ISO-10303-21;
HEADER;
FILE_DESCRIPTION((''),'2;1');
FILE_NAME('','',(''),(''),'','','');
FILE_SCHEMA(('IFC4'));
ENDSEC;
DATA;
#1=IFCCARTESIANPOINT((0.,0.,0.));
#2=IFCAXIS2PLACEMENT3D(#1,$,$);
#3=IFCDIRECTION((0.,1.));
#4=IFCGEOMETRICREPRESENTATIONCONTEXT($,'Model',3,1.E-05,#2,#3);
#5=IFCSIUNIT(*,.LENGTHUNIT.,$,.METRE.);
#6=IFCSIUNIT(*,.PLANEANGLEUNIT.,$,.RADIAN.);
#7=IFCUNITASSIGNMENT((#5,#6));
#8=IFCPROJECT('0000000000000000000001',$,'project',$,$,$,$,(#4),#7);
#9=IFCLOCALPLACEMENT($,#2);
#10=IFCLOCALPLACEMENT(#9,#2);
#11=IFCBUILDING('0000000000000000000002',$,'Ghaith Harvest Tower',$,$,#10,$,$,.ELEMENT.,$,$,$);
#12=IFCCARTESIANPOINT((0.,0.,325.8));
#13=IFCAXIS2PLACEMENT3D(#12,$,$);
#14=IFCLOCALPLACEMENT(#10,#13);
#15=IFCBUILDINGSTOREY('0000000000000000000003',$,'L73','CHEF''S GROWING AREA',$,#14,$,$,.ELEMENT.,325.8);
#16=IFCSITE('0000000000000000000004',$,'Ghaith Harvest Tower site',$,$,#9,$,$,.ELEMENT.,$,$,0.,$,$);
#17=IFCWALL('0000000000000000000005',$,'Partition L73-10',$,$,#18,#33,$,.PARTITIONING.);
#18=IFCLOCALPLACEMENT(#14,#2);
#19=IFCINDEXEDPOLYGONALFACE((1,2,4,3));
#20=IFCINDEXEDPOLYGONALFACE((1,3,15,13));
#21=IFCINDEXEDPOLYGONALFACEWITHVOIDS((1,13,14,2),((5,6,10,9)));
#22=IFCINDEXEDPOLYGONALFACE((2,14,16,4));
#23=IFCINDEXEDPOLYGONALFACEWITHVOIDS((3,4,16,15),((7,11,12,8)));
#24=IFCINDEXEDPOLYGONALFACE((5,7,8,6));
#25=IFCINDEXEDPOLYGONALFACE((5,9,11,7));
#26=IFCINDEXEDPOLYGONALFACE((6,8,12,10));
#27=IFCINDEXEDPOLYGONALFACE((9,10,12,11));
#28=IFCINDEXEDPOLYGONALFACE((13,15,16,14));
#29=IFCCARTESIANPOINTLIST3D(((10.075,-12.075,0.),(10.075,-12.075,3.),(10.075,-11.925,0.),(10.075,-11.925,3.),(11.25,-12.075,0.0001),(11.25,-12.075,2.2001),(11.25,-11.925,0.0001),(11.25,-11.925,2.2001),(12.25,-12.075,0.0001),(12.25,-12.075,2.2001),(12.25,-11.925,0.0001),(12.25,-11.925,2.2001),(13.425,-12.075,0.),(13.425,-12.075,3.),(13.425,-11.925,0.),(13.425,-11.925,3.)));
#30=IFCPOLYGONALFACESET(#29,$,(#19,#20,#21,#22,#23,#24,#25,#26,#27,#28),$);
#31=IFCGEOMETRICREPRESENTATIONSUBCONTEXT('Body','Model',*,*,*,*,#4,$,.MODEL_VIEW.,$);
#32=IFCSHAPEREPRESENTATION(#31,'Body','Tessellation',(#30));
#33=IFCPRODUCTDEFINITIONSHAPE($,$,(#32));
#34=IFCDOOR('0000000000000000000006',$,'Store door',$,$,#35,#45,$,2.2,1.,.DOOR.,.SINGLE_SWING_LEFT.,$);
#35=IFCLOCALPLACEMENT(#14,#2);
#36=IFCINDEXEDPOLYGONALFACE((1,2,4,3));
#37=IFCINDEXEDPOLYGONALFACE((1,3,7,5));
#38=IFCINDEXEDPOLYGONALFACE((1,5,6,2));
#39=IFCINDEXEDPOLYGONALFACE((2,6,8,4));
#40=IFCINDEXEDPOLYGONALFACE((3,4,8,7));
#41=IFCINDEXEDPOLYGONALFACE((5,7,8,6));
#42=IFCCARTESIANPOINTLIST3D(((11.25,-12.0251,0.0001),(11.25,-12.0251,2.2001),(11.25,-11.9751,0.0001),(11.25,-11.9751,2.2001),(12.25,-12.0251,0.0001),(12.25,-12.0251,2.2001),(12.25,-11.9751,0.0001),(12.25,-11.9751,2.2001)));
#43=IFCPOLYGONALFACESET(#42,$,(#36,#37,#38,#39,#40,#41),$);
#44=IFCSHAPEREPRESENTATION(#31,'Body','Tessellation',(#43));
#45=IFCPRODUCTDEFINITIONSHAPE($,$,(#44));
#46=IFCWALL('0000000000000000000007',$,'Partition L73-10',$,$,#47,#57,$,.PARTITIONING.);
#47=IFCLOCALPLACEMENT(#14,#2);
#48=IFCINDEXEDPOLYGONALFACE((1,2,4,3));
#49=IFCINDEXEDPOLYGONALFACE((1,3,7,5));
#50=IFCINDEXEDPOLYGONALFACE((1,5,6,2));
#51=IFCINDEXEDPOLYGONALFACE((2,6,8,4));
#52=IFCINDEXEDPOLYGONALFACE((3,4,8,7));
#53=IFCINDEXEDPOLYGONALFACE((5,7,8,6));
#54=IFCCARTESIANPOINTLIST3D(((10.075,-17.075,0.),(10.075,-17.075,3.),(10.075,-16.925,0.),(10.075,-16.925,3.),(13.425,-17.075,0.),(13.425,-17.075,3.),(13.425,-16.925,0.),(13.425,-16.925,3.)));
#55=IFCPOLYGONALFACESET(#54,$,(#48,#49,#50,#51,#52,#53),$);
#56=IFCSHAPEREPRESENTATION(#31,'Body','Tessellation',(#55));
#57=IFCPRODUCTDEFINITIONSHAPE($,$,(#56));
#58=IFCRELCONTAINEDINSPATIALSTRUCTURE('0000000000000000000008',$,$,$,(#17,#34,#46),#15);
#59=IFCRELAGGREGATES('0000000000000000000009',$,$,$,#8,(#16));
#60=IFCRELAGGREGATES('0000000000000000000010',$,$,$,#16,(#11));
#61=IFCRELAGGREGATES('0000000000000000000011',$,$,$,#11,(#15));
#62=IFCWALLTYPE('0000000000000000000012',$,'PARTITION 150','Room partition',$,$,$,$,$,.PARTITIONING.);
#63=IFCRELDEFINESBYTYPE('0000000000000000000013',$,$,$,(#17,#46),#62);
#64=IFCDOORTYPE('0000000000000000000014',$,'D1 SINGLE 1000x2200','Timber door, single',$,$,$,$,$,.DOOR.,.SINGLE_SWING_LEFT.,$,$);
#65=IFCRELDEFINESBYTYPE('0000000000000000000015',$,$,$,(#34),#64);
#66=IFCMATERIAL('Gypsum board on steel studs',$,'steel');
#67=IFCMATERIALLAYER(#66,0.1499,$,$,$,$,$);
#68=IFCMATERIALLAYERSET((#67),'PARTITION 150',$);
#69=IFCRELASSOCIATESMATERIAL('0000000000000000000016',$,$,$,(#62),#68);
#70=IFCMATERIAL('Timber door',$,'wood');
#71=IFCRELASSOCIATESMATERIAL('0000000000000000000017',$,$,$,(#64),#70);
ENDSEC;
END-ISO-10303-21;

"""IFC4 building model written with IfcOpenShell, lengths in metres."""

from ifc_helpers import new_model, si_unit, direction, frame, frame_2d, origin, place, context, subcontext, project, spatial, rectangle, extrude, material, layer, layer_set, type_object, element, fill, save


model = new_model("IFC4")

# Units and contexts
model_context = context("Model", 3, precision=1e-05, world=origin(), true_north=direction((0.0, 1.0)))
body_context = subcontext(model_context, "Body", "Model", "MODEL_VIEW")
ifc_project = project(units=[si_unit("LENGTHUNIT", "METRE"), si_unit("PLANEANGLEUNIT", "RADIAN")], contexts=[model_context])

# Site, building, storey
site_placement = place(None, origin())
site = spatial("IfcSite", under=ifc_project, at=site_placement, Name="Ghaith Harvest Tower site", CompositionType="ELEMENT", RefElevation=0.0)
building_placement = place(site_placement, origin())
building = spatial("IfcBuilding", under=site, at=building_placement, Name="Ghaith Harvest Tower", CompositionType="ELEMENT")
storey_placement = place(building_placement, frame((0.0, 0.0, 325.8)))
storey = spatial("IfcBuildingStorey", under=building, at=storey_placement, Name="L73", Description="CHEF'S GROWING AREA", CompositionType="ELEMENT", Elevation=325.8)

# Shared definitions
ifc_material_1 = material(Name="Gypsum board on steel studs", Category="steel")
ifc_layer_1 = layer(ifc_material_1, 0.1499)
ifc_layer_set_1 = layer_set([ifc_layer_1], Name="PARTITION 150")
wall_type = type_object("IfcWallType", Name="PARTITION 150", Description="Room partition", PredefinedType="PARTITIONING", material=ifc_layer_set_1)

# Shared definitions
ifc_material_2 = material(Name="Timber door", Category="wood")
door_type = type_object("IfcDoorType", Name="D1 SINGLE 1000x2200", Description="Timber door, single", OperationType="SINGLE_SWING_LEFT", PredefinedType="DOOR", material=ifc_material_2)

# Wall, opening, door
wall_1_placement = place(storey_placement, frame((10.075, -12.0, 0.0), z_axis=(0.0, 0.0, 1.0), x_axis=(1.0, 0.0, 0.0)))
wall_1 = element("IfcWall", 1, at=wall_1_placement, inside=storey, type_object=wall_type, Name="Partition L73-10", PredefinedType="PARTITIONING", context=body_context, shape_type="SweptSolid", body=[
    extrude(rectangle(XDim=3.3501, YDim=0.1499, at=frame_2d((1.675, 0.0))), origin(), (0.0, 0.0, 1.0), 3.0),
])
opening_1_placement = place(wall_1_placement, frame((1.175, 0.0, 0.0)))
opening_1 = element("IfcOpeningElement", 2, at=opening_1_placement, cuts=wall_1, PredefinedType="OPENING", context=body_context, shape_type="SweptSolid", body=[
    extrude(rectangle(XDim=1.0, YDim=2.2, at=frame_2d((0.5, 1.1001))), frame((0.0, 0.085, 0.0), z_axis=(0.0, -1.0, 0.0), x_axis=(1.0, 0.0, 0.0)), (0.0, 0.0, 1.0), 0.1699),
])
door_1_placement = place(opening_1_placement, origin())
door_1 = element("IfcDoor", 3, at=door_1_placement, inside=storey, type_object=door_type, Name="Store door", OperationType="SINGLE_SWING_LEFT", OverallHeight=2.2, OverallWidth=1.0, PredefinedType="DOOR", context=body_context, shape_type="SweptSolid", body=[
    extrude(rectangle(XDim=1.0, YDim=2.2, at=frame_2d((0.5, 1.1001))), frame((0.0, 0.0249, 0.0), z_axis=(0.0, -1.0, 0.0), x_axis=(1.0, 0.0, 0.0)), (0.0, 0.0, 1.0), 0.05),
])
fill(opening_1, door_1)

# Wall
wall_2_placement = place(storey_placement, frame((10.075, -17.0, 0.0), z_axis=(0.0, 0.0, 1.0), x_axis=(1.0, 0.0, 0.0)))
element("IfcWall", 4, at=wall_2_placement, inside=storey, type_object=wall_type, Name="Partition L73-10", PredefinedType="PARTITIONING", context=body_context, shape_type="SweptSolid", body=[
    extrude(rectangle(XDim=3.3501, YDim=0.1499, at=frame_2d((1.675, 0.0))), origin(), (0.0, 0.0, 1.0), 3.0),
])

save(model, "model.ifc")
